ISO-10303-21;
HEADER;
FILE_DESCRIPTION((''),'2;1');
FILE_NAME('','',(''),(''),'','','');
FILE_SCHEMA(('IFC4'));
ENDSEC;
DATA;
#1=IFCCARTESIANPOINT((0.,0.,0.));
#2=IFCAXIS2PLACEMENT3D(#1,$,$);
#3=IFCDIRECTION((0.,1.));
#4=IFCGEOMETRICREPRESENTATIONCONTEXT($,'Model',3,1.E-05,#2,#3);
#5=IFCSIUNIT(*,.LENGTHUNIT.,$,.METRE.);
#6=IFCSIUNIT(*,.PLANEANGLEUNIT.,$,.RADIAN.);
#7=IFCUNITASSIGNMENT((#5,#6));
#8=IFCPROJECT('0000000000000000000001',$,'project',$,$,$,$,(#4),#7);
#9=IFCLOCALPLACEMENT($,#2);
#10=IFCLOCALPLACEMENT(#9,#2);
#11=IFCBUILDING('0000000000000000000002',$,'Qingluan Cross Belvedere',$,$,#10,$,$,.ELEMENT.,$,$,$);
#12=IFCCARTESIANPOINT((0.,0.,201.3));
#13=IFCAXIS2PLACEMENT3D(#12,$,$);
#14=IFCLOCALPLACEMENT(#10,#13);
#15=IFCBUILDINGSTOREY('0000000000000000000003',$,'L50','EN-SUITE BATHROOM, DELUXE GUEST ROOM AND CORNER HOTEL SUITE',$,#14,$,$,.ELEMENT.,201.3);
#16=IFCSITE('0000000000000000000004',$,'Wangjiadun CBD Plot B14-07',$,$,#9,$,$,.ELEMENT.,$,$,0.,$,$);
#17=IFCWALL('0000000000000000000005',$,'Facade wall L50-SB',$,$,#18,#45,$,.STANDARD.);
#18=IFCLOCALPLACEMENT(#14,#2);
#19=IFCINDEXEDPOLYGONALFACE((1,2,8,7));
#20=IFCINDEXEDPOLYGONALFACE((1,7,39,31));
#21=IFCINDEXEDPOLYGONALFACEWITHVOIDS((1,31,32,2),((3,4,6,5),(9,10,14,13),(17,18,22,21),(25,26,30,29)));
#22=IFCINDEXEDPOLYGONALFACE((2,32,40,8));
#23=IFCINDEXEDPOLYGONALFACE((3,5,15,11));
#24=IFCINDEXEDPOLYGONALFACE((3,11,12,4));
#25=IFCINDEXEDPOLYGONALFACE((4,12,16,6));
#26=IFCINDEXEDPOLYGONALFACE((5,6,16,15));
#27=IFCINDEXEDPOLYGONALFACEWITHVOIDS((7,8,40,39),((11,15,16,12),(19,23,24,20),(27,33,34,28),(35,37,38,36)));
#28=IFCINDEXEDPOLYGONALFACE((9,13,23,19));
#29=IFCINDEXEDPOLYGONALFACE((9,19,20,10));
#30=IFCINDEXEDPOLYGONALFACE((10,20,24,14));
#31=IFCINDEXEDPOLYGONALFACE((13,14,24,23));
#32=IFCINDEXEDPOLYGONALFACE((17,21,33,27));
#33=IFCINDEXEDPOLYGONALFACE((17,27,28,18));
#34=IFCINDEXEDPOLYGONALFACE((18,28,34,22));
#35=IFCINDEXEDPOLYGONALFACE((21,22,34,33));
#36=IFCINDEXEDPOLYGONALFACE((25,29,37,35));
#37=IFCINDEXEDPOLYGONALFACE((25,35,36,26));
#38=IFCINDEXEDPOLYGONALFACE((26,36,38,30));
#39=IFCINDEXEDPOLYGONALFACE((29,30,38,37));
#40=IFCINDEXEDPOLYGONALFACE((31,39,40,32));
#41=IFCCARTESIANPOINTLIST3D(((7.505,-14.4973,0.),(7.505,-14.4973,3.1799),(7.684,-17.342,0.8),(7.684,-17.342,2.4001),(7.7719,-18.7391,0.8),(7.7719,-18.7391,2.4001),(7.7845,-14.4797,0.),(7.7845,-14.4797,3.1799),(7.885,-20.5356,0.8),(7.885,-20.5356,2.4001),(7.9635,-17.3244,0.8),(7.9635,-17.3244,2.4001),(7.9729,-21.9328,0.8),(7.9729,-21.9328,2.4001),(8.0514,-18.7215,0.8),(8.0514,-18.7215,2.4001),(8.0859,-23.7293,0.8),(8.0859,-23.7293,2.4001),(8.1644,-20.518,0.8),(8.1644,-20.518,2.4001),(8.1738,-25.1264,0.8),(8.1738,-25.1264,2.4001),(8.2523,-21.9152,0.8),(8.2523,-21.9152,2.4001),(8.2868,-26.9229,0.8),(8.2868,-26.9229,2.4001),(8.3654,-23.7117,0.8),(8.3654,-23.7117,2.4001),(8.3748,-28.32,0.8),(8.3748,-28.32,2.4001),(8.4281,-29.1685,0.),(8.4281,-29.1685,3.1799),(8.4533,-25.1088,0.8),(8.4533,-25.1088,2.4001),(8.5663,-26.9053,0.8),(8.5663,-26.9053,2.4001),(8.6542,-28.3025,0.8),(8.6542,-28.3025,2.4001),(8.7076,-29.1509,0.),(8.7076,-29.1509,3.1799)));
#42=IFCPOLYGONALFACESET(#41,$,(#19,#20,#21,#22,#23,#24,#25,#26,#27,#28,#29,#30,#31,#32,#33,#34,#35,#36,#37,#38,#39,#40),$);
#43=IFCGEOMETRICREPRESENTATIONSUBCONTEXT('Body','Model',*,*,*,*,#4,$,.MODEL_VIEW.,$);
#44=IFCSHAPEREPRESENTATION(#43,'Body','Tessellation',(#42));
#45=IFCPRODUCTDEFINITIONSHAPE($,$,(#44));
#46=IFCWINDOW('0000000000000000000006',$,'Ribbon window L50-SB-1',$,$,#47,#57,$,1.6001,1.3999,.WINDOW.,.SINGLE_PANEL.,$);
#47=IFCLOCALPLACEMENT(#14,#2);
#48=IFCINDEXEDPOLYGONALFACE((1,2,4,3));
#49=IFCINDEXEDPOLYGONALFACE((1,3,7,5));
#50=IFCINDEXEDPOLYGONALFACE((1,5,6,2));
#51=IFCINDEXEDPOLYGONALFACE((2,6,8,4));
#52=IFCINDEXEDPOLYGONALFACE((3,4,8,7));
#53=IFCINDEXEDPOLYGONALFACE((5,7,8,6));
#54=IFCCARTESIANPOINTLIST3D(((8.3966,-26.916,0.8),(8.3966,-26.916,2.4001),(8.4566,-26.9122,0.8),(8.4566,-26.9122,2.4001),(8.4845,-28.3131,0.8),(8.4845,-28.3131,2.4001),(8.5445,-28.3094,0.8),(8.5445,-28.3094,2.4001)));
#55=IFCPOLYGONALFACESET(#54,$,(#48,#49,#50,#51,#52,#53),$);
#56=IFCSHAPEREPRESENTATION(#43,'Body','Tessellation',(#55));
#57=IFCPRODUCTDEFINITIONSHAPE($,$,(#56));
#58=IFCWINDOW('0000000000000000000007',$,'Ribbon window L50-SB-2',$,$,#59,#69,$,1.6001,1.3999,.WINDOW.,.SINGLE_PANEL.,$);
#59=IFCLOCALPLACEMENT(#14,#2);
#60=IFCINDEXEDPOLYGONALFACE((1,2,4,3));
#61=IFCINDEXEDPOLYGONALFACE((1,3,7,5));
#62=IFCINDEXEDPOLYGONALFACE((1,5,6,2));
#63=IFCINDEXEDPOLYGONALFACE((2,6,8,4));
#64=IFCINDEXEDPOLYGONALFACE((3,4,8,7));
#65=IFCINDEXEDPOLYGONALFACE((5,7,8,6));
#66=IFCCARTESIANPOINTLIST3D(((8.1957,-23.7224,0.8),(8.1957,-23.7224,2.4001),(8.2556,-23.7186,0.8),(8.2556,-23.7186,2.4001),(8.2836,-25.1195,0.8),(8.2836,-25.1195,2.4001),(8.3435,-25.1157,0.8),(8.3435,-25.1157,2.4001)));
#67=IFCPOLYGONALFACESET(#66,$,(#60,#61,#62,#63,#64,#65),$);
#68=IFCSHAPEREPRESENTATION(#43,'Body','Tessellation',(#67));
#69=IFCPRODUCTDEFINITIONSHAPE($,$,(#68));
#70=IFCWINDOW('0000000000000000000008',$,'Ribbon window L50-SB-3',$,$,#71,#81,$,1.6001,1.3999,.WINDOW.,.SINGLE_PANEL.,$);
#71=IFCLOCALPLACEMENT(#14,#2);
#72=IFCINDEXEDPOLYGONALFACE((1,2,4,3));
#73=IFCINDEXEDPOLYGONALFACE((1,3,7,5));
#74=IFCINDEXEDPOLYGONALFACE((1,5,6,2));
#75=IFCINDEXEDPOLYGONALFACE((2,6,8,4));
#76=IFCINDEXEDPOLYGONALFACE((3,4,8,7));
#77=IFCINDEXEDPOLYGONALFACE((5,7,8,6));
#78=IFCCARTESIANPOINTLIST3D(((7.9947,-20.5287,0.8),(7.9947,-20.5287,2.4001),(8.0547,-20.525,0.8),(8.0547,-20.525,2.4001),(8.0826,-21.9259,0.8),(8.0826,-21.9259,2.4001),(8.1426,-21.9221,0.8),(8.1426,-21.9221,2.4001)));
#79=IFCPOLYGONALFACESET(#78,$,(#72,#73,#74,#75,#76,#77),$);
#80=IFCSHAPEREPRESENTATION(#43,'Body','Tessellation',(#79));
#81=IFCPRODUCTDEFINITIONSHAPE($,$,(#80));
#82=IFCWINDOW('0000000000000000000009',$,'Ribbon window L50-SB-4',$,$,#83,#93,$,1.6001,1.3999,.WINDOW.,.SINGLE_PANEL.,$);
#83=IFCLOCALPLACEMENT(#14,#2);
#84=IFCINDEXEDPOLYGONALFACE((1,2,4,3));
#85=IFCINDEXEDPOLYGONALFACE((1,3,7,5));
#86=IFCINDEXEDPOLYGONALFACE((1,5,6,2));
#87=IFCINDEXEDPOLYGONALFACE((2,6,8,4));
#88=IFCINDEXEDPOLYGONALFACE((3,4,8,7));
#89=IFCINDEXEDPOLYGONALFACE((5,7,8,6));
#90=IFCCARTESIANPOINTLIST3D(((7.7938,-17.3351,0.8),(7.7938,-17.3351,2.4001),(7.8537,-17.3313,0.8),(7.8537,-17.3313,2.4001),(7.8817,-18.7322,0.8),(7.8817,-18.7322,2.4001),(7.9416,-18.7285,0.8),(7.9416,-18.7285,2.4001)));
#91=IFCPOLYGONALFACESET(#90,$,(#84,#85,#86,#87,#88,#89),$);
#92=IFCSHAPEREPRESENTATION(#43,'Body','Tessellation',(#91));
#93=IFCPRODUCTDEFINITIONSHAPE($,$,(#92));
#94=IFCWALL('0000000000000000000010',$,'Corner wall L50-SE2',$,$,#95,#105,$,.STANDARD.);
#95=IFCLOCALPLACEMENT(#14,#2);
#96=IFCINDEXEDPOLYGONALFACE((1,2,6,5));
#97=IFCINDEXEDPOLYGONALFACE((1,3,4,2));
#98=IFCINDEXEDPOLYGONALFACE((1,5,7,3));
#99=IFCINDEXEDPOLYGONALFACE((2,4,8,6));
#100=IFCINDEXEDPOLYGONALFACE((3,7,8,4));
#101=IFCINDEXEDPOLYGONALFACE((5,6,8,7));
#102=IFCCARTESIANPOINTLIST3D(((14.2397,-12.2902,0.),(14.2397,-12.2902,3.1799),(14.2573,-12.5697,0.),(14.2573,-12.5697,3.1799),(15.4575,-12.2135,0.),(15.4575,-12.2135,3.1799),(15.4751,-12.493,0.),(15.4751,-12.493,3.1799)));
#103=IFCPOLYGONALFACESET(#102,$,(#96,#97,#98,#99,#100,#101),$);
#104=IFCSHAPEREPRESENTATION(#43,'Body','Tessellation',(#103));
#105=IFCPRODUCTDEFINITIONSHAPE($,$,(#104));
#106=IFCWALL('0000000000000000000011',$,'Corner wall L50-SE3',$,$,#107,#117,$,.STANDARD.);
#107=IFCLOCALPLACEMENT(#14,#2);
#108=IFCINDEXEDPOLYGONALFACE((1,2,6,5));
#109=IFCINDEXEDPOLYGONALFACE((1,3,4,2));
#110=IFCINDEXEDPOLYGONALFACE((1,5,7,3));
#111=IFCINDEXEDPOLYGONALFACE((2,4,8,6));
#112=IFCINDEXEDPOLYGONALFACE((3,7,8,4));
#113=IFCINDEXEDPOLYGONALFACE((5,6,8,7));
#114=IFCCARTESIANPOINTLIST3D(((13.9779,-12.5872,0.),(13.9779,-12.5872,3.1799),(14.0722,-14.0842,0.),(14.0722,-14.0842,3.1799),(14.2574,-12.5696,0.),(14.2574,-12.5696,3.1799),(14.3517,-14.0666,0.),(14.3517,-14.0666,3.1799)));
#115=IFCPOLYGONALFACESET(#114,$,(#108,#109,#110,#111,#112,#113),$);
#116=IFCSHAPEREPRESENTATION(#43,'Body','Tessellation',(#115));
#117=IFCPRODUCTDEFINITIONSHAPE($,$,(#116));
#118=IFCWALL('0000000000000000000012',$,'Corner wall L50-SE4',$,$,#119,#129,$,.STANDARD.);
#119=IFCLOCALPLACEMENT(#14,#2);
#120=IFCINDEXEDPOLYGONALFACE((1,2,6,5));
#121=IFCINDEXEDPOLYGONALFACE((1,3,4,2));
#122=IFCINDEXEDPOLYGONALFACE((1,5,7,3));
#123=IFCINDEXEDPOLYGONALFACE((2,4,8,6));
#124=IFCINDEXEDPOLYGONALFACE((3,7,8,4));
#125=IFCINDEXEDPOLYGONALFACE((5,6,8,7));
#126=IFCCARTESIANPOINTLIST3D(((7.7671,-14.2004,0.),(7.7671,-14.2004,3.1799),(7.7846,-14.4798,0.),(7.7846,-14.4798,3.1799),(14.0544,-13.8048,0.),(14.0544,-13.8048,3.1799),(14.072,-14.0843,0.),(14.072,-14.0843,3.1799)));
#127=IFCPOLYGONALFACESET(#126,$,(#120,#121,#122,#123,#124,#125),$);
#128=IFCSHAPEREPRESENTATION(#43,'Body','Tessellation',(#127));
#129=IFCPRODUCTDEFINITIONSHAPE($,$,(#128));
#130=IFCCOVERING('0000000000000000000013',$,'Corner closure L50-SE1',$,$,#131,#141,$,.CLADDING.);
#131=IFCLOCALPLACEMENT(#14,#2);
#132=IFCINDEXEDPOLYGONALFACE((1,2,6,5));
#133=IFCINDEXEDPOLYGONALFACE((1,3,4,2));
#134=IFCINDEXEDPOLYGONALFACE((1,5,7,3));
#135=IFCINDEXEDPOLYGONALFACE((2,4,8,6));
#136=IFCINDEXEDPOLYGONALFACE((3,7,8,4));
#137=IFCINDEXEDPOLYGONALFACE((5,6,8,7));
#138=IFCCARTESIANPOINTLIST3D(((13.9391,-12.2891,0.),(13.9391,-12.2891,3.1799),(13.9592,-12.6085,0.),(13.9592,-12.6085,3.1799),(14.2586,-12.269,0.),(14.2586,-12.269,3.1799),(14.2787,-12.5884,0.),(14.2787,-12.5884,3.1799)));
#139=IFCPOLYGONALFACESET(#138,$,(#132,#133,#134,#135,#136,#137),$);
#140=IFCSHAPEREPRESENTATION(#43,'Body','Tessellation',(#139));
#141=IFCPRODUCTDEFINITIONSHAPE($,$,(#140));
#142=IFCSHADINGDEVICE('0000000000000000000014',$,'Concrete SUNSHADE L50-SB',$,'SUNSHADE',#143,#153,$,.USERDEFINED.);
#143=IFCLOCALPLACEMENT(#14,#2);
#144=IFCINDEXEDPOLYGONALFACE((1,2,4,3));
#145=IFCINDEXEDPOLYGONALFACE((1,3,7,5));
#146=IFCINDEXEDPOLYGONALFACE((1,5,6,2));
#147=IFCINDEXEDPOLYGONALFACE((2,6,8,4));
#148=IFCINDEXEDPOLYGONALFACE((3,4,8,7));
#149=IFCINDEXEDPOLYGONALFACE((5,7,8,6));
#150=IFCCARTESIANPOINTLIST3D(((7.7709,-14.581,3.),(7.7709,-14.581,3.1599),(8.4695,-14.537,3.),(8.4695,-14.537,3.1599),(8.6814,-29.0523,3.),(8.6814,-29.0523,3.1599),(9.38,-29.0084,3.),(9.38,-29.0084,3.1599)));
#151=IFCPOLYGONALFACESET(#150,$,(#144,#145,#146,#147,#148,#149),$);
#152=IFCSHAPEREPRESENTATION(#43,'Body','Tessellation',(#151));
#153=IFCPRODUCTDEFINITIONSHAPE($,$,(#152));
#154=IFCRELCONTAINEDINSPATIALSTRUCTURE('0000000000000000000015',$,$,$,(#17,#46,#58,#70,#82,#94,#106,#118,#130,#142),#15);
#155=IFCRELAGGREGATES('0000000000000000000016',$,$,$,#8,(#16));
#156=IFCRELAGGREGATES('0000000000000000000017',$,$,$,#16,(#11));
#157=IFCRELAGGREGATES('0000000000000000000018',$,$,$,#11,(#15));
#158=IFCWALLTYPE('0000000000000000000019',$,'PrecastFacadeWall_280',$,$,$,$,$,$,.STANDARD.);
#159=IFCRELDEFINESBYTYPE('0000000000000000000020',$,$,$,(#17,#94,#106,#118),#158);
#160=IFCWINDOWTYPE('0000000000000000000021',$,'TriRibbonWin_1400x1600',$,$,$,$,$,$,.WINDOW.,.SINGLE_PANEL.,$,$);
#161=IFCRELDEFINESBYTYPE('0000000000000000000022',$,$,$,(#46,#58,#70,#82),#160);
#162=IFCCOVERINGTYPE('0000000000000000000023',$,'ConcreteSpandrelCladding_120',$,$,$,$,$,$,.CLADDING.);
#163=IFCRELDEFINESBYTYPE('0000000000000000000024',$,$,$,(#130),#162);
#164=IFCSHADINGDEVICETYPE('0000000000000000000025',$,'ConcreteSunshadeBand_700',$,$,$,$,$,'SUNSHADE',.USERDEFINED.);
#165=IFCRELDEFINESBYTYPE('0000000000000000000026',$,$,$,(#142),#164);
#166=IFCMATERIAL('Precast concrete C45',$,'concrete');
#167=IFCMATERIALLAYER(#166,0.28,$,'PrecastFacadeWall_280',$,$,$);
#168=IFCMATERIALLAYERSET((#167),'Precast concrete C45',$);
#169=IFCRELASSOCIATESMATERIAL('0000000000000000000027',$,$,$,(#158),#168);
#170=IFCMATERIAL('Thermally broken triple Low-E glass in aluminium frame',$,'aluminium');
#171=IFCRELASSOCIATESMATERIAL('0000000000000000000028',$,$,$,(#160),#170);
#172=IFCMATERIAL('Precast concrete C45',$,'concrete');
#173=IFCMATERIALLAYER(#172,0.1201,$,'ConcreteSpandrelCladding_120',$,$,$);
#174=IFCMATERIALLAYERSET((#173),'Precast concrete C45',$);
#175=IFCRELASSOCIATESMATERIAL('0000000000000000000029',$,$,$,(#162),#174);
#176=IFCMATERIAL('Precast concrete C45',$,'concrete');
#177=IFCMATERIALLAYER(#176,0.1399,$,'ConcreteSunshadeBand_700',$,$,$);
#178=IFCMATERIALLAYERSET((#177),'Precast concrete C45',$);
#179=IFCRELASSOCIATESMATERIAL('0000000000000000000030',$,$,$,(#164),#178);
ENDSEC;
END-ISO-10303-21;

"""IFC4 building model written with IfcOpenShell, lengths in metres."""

from ifc_helpers import new_model, si_unit, direction, frame, frame_2d, origin, origin_2d, place, context, subcontext, project, spatial, rectangle, extrude, material, layer, layer_set, type_object, element, fill, save


model = new_model("IFC4")

# Units and contexts
model_context = context("Model", 3, precision=1e-05, world=origin(), true_north=direction((0.0, 1.0)))
body_context = subcontext(model_context, "Body", "Model", "MODEL_VIEW")
ifc_project = project(units=[si_unit("LENGTHUNIT", "METRE"), si_unit("PLANEANGLEUNIT", "RADIAN")], contexts=[model_context])

# Site, building, storey
site_placement = place(None, origin())
site = spatial("IfcSite", under=ifc_project, at=site_placement, Name="Wangjiadun CBD Plot B14-07", CompositionType="ELEMENT", RefElevation=0.0)
building_placement = place(site_placement, origin())
building = spatial("IfcBuilding", under=site, at=building_placement, Name="Qingluan Cross Belvedere", CompositionType="ELEMENT")
storey_placement = place(building_placement, frame((0.0, 0.0, 201.3)))
storey = spatial("IfcBuildingStorey", under=building, at=storey_placement, Name="L50", Description="EN-SUITE BATHROOM, DELUXE GUEST ROOM AND CORNER HOTEL SUITE", CompositionType="ELEMENT", Elevation=201.3)

# Wall, openings, windows
ifc_material_1 = material(Name="Precast concrete C45", Category="concrete")
ifc_layer_1 = layer(ifc_material_1, 0.28, Name="PrecastFacadeWall_280")
ifc_layer_set_1 = layer_set([ifc_layer_1], Name="Precast concrete C45")
wall_type_1 = type_object("IfcWallType", Name="PrecastFacadeWall_280", PredefinedType="STANDARD", material=ifc_layer_set_1)
wall_1_placement = place(storey_placement, frame((8.5679, -29.1597, 0.0), z_axis=(0.0, 0.0, 1.0), x_axis=(-0.062795, 0.998026, 0.0)))
wall_1 = element("IfcWall", 1, at=wall_1_placement, inside=storey, type_object=wall_type_1, Name="Facade wall L50-SB", PredefinedType="STANDARD", context=body_context, shape_type="SweptSolid", body=[
    extrude(rectangle(XDim=14.7002, YDim=0.28, at=frame_2d((7.3501, 0.0))), origin(), (0.0, 0.0, 1.0), 3.1799),
])
opening_1_placement = place(wall_1_placement, frame((0.8501, 0.0, 0.8)))
opening_1 = element("IfcOpeningElement", 2, at=opening_1_placement, cuts=wall_1, PredefinedType="OPENING", context=body_context, shape_type="SweptSolid", body=[
    extrude(rectangle(XDim=1.3999, YDim=1.6001, at=frame_2d((0.7, 0.8))), frame((0.0, 0.1499, 0.0), z_axis=(0.0, -1.0, 0.0), x_axis=(1.0, 0.0, 0.0)), (0.0, 0.0, 1.0), 0.3),
])
opening_2_placement = place(wall_1_placement, frame((4.05, 0.0, 0.8)))
opening_2 = element("IfcOpeningElement", 3, at=opening_2_placement, cuts=wall_1, PredefinedType="OPENING", context=body_context, shape_type="SweptSolid", body=[
    extrude(rectangle(XDim=1.3999, YDim=1.6001, at=frame_2d((0.7, 0.8))), frame((0.0, 0.1499, 0.0), z_axis=(0.0, -1.0, 0.0), x_axis=(1.0, 0.0, 0.0)), (0.0, 0.0, 1.0), 0.3),
])
opening_3_placement = place(wall_1_placement, frame((7.25, 0.0, 0.8)))
opening_3 = element("IfcOpeningElement", 4, at=opening_3_placement, cuts=wall_1, PredefinedType="OPENING", context=body_context, shape_type="SweptSolid", body=[
    extrude(rectangle(XDim=1.3999, YDim=1.6001, at=frame_2d((0.7, 0.8))), frame((0.0, 0.1499, 0.0), z_axis=(0.0, -1.0, 0.0), x_axis=(1.0, 0.0, 0.0)), (0.0, 0.0, 1.0), 0.3),
])
opening_4_placement = place(wall_1_placement, frame((10.45, 0.0, 0.8)))
opening_4 = element("IfcOpeningElement", 5, at=opening_4_placement, cuts=wall_1, PredefinedType="OPENING", context=body_context, shape_type="SweptSolid", body=[
    extrude(rectangle(XDim=1.3999, YDim=1.6001, at=frame_2d((0.7, 0.8))), frame((0.0, 0.1499, 0.0), z_axis=(0.0, -1.0, 0.0), x_axis=(1.0, 0.0, 0.0)), (0.0, 0.0, 1.0), 0.3),
])
ifc_material_2 = material(Name="Thermally broken triple Low-E glass in aluminium frame", Category="aluminium")
window_type = type_object("IfcWindowType", Name="TriRibbonWin_1400x1600", PartitioningType="SINGLE_PANEL", PredefinedType="WINDOW", material=ifc_material_2)
window_1_placement = place(opening_1_placement, origin())
window_1 = element("IfcWindow", 6, at=window_1_placement, inside=storey, type_object=window_type, Name="Ribbon window L50-SB-1", OverallHeight=1.6001, OverallWidth=1.3999, PartitioningType="SINGLE_PANEL", PredefinedType="WINDOW", context=body_context, shape_type="SweptSolid", body=[
    extrude(rectangle(XDim=1.3999, YDim=1.6001, at=frame_2d((0.7, 0.8))), frame((0.0, 0.03, 0.0), z_axis=(0.0, -1.0, 0.0), x_axis=(1.0, 0.0, 0.0)), (0.0, 0.0, 1.0), 0.0601),
])
fill(opening_1, window_1)
window_2_placement = place(opening_2_placement, origin())
window_2 = element("IfcWindow", 7, at=window_2_placement, inside=storey, type_object=window_type, Name="Ribbon window L50-SB-2", OverallHeight=1.6001, OverallWidth=1.3999, PartitioningType="SINGLE_PANEL", PredefinedType="WINDOW", context=body_context, shape_type="SweptSolid", body=[
    extrude(rectangle(XDim=1.3999, YDim=1.6001, at=frame_2d((0.7, 0.8))), frame((0.0, 0.03, 0.0), z_axis=(0.0, -1.0, 0.0), x_axis=(1.0, 0.0, 0.0)), (0.0, 0.0, 1.0), 0.0601),
])
fill(opening_2, window_2)
window_3_placement = place(opening_3_placement, origin())
window_3 = element("IfcWindow", 8, at=window_3_placement, inside=storey, type_object=window_type, Name="Ribbon window L50-SB-3", OverallHeight=1.6001, OverallWidth=1.3999, PartitioningType="SINGLE_PANEL", PredefinedType="WINDOW", context=body_context, shape_type="SweptSolid", body=[
    extrude(rectangle(XDim=1.3999, YDim=1.6001, at=frame_2d((0.7, 0.8))), frame((0.0, 0.03, 0.0), z_axis=(0.0, -1.0, 0.0), x_axis=(1.0, 0.0, 0.0)), (0.0, 0.0, 1.0), 0.0601),
])
fill(opening_3, window_3)
window_4_placement = place(opening_4_placement, origin())
window_4 = element("IfcWindow", 9, at=window_4_placement, inside=storey, type_object=window_type, Name="Ribbon window L50-SB-4", OverallHeight=1.6001, OverallWidth=1.3999, PartitioningType="SINGLE_PANEL", PredefinedType="WINDOW", context=body_context, shape_type="SweptSolid", body=[
    extrude(rectangle(XDim=1.3999, YDim=1.6001, at=frame_2d((0.7, 0.8))), frame((0.0, 0.03, 0.0), z_axis=(0.0, -1.0, 0.0), x_axis=(1.0, 0.0, 0.0)), (0.0, 0.0, 1.0), 0.0601),
])
fill(opening_4, window_4)

# Walls
wall_2_placement = place(storey_placement, frame((15.4663, -12.3533, 0.0), z_axis=(0.0, 0.0, 1.0), x_axis=(-0.998024, -0.062827, 0.0)))
element("IfcWall", 10, at=wall_2_placement, inside=storey, type_object=wall_type_1, Name="Corner wall L50-SE2", PredefinedType="STANDARD", context=body_context, shape_type="SweptSolid", body=[
    extrude(rectangle(XDim=1.2202, YDim=0.28, at=frame_2d((0.6101, 0.0))), origin(), (0.0, 0.0, 1.0), 3.1799),
])
wall_3_placement = place(storey_placement, frame((14.1177, -12.5784, 0.0), z_axis=(0.0, 0.0, 1.0), x_axis=(0.062824, -0.998025, 0.0)))
element("IfcWall", 11, at=wall_3_placement, inside=storey, type_object=wall_type_1, Name="Corner wall L50-SE3", PredefinedType="STANDARD", context=body_context, shape_type="SweptSolid", body=[
    extrude(rectangle(XDim=1.5, YDim=0.28, at=frame_2d((0.75, 0.0))), origin(), (0.0, 0.0, 1.0), 3.1799),
])
wall_4_placement = place(storey_placement, frame((14.0632, -13.9446, 0.0), z_axis=(0.0, 0.0, 1.0), x_axis=(-0.998027, -0.062781, 0.0)))
element("IfcWall", 12, at=wall_4_placement, inside=storey, type_object=wall_type_1, Name="Corner wall L50-SE4", PredefinedType="STANDARD", context=body_context, shape_type="SweptSolid", body=[
    extrude(rectangle(XDim=6.2998, YDim=0.28, at=frame_2d((3.1499, 0.0))), origin(), (0.0, 0.0, 1.0), 3.1799),
])

# Covering
ifc_material_3 = material(Name="Precast concrete C45", Category="concrete")
ifc_layer_2 = layer(ifc_material_3, 0.1201, Name="ConcreteSpandrelCladding_120")
ifc_layer_set_2 = layer_set([ifc_layer_2], Name="Precast concrete C45")
covering_type = type_object("IfcCoveringType", Name="ConcreteSpandrelCladding_120", PredefinedType="CLADDING", material=ifc_layer_set_2)
covering_placement = place(storey_placement, frame((14.1089, -12.4387, 0.0), z_axis=(0.0, 0.0, 1.0), x_axis=(0.998027, 0.062791, 0.0)))
element("IfcCovering", 13, at=covering_placement, inside=storey, type_object=covering_type, Name="Corner closure L50-SE1", PredefinedType="CLADDING", context=body_context, shape_type="SweptSolid", body=[
    extrude(rectangle(XDim=0.3201, YDim=0.3201, at=origin_2d()), origin(), (0.0, 0.0, 1.0), 3.1799),
])

# Shading device
ifc_material_4 = material(Name="Precast concrete C45", Category="concrete")
ifc_layer_3 = layer(ifc_material_4, 0.1399, Name="ConcreteSunshadeBand_700")
ifc_layer_set_3 = layer_set([ifc_layer_3], Name="Precast concrete C45")
shading_device_type = type_object("IfcShadingDeviceType", Name="ConcreteSunshadeBand_700", ElementType="SUNSHADE", PredefinedType="USERDEFINED", material=ifc_layer_set_3)
shading_device_placement = place(storey_placement, frame((8.5754, -21.7947, 3.0), z_axis=(0.0, 0.0, 1.0), x_axis=(-0.062796, 0.998026, 0.0)))
element("IfcShadingDevice", 14, at=shading_device_placement, inside=storey, type_object=shading_device_type, Name="Concrete SUNSHADE L50-SB", ObjectType="SUNSHADE", PredefinedType="USERDEFINED", context=body_context, shape_type="SweptSolid", body=[
    extrude(rectangle(XDim=14.5, YDim=0.7, at=origin_2d()), origin(), (0.0, 0.0, 1.0), 0.1599),
])

save(model, "model.ifc")
